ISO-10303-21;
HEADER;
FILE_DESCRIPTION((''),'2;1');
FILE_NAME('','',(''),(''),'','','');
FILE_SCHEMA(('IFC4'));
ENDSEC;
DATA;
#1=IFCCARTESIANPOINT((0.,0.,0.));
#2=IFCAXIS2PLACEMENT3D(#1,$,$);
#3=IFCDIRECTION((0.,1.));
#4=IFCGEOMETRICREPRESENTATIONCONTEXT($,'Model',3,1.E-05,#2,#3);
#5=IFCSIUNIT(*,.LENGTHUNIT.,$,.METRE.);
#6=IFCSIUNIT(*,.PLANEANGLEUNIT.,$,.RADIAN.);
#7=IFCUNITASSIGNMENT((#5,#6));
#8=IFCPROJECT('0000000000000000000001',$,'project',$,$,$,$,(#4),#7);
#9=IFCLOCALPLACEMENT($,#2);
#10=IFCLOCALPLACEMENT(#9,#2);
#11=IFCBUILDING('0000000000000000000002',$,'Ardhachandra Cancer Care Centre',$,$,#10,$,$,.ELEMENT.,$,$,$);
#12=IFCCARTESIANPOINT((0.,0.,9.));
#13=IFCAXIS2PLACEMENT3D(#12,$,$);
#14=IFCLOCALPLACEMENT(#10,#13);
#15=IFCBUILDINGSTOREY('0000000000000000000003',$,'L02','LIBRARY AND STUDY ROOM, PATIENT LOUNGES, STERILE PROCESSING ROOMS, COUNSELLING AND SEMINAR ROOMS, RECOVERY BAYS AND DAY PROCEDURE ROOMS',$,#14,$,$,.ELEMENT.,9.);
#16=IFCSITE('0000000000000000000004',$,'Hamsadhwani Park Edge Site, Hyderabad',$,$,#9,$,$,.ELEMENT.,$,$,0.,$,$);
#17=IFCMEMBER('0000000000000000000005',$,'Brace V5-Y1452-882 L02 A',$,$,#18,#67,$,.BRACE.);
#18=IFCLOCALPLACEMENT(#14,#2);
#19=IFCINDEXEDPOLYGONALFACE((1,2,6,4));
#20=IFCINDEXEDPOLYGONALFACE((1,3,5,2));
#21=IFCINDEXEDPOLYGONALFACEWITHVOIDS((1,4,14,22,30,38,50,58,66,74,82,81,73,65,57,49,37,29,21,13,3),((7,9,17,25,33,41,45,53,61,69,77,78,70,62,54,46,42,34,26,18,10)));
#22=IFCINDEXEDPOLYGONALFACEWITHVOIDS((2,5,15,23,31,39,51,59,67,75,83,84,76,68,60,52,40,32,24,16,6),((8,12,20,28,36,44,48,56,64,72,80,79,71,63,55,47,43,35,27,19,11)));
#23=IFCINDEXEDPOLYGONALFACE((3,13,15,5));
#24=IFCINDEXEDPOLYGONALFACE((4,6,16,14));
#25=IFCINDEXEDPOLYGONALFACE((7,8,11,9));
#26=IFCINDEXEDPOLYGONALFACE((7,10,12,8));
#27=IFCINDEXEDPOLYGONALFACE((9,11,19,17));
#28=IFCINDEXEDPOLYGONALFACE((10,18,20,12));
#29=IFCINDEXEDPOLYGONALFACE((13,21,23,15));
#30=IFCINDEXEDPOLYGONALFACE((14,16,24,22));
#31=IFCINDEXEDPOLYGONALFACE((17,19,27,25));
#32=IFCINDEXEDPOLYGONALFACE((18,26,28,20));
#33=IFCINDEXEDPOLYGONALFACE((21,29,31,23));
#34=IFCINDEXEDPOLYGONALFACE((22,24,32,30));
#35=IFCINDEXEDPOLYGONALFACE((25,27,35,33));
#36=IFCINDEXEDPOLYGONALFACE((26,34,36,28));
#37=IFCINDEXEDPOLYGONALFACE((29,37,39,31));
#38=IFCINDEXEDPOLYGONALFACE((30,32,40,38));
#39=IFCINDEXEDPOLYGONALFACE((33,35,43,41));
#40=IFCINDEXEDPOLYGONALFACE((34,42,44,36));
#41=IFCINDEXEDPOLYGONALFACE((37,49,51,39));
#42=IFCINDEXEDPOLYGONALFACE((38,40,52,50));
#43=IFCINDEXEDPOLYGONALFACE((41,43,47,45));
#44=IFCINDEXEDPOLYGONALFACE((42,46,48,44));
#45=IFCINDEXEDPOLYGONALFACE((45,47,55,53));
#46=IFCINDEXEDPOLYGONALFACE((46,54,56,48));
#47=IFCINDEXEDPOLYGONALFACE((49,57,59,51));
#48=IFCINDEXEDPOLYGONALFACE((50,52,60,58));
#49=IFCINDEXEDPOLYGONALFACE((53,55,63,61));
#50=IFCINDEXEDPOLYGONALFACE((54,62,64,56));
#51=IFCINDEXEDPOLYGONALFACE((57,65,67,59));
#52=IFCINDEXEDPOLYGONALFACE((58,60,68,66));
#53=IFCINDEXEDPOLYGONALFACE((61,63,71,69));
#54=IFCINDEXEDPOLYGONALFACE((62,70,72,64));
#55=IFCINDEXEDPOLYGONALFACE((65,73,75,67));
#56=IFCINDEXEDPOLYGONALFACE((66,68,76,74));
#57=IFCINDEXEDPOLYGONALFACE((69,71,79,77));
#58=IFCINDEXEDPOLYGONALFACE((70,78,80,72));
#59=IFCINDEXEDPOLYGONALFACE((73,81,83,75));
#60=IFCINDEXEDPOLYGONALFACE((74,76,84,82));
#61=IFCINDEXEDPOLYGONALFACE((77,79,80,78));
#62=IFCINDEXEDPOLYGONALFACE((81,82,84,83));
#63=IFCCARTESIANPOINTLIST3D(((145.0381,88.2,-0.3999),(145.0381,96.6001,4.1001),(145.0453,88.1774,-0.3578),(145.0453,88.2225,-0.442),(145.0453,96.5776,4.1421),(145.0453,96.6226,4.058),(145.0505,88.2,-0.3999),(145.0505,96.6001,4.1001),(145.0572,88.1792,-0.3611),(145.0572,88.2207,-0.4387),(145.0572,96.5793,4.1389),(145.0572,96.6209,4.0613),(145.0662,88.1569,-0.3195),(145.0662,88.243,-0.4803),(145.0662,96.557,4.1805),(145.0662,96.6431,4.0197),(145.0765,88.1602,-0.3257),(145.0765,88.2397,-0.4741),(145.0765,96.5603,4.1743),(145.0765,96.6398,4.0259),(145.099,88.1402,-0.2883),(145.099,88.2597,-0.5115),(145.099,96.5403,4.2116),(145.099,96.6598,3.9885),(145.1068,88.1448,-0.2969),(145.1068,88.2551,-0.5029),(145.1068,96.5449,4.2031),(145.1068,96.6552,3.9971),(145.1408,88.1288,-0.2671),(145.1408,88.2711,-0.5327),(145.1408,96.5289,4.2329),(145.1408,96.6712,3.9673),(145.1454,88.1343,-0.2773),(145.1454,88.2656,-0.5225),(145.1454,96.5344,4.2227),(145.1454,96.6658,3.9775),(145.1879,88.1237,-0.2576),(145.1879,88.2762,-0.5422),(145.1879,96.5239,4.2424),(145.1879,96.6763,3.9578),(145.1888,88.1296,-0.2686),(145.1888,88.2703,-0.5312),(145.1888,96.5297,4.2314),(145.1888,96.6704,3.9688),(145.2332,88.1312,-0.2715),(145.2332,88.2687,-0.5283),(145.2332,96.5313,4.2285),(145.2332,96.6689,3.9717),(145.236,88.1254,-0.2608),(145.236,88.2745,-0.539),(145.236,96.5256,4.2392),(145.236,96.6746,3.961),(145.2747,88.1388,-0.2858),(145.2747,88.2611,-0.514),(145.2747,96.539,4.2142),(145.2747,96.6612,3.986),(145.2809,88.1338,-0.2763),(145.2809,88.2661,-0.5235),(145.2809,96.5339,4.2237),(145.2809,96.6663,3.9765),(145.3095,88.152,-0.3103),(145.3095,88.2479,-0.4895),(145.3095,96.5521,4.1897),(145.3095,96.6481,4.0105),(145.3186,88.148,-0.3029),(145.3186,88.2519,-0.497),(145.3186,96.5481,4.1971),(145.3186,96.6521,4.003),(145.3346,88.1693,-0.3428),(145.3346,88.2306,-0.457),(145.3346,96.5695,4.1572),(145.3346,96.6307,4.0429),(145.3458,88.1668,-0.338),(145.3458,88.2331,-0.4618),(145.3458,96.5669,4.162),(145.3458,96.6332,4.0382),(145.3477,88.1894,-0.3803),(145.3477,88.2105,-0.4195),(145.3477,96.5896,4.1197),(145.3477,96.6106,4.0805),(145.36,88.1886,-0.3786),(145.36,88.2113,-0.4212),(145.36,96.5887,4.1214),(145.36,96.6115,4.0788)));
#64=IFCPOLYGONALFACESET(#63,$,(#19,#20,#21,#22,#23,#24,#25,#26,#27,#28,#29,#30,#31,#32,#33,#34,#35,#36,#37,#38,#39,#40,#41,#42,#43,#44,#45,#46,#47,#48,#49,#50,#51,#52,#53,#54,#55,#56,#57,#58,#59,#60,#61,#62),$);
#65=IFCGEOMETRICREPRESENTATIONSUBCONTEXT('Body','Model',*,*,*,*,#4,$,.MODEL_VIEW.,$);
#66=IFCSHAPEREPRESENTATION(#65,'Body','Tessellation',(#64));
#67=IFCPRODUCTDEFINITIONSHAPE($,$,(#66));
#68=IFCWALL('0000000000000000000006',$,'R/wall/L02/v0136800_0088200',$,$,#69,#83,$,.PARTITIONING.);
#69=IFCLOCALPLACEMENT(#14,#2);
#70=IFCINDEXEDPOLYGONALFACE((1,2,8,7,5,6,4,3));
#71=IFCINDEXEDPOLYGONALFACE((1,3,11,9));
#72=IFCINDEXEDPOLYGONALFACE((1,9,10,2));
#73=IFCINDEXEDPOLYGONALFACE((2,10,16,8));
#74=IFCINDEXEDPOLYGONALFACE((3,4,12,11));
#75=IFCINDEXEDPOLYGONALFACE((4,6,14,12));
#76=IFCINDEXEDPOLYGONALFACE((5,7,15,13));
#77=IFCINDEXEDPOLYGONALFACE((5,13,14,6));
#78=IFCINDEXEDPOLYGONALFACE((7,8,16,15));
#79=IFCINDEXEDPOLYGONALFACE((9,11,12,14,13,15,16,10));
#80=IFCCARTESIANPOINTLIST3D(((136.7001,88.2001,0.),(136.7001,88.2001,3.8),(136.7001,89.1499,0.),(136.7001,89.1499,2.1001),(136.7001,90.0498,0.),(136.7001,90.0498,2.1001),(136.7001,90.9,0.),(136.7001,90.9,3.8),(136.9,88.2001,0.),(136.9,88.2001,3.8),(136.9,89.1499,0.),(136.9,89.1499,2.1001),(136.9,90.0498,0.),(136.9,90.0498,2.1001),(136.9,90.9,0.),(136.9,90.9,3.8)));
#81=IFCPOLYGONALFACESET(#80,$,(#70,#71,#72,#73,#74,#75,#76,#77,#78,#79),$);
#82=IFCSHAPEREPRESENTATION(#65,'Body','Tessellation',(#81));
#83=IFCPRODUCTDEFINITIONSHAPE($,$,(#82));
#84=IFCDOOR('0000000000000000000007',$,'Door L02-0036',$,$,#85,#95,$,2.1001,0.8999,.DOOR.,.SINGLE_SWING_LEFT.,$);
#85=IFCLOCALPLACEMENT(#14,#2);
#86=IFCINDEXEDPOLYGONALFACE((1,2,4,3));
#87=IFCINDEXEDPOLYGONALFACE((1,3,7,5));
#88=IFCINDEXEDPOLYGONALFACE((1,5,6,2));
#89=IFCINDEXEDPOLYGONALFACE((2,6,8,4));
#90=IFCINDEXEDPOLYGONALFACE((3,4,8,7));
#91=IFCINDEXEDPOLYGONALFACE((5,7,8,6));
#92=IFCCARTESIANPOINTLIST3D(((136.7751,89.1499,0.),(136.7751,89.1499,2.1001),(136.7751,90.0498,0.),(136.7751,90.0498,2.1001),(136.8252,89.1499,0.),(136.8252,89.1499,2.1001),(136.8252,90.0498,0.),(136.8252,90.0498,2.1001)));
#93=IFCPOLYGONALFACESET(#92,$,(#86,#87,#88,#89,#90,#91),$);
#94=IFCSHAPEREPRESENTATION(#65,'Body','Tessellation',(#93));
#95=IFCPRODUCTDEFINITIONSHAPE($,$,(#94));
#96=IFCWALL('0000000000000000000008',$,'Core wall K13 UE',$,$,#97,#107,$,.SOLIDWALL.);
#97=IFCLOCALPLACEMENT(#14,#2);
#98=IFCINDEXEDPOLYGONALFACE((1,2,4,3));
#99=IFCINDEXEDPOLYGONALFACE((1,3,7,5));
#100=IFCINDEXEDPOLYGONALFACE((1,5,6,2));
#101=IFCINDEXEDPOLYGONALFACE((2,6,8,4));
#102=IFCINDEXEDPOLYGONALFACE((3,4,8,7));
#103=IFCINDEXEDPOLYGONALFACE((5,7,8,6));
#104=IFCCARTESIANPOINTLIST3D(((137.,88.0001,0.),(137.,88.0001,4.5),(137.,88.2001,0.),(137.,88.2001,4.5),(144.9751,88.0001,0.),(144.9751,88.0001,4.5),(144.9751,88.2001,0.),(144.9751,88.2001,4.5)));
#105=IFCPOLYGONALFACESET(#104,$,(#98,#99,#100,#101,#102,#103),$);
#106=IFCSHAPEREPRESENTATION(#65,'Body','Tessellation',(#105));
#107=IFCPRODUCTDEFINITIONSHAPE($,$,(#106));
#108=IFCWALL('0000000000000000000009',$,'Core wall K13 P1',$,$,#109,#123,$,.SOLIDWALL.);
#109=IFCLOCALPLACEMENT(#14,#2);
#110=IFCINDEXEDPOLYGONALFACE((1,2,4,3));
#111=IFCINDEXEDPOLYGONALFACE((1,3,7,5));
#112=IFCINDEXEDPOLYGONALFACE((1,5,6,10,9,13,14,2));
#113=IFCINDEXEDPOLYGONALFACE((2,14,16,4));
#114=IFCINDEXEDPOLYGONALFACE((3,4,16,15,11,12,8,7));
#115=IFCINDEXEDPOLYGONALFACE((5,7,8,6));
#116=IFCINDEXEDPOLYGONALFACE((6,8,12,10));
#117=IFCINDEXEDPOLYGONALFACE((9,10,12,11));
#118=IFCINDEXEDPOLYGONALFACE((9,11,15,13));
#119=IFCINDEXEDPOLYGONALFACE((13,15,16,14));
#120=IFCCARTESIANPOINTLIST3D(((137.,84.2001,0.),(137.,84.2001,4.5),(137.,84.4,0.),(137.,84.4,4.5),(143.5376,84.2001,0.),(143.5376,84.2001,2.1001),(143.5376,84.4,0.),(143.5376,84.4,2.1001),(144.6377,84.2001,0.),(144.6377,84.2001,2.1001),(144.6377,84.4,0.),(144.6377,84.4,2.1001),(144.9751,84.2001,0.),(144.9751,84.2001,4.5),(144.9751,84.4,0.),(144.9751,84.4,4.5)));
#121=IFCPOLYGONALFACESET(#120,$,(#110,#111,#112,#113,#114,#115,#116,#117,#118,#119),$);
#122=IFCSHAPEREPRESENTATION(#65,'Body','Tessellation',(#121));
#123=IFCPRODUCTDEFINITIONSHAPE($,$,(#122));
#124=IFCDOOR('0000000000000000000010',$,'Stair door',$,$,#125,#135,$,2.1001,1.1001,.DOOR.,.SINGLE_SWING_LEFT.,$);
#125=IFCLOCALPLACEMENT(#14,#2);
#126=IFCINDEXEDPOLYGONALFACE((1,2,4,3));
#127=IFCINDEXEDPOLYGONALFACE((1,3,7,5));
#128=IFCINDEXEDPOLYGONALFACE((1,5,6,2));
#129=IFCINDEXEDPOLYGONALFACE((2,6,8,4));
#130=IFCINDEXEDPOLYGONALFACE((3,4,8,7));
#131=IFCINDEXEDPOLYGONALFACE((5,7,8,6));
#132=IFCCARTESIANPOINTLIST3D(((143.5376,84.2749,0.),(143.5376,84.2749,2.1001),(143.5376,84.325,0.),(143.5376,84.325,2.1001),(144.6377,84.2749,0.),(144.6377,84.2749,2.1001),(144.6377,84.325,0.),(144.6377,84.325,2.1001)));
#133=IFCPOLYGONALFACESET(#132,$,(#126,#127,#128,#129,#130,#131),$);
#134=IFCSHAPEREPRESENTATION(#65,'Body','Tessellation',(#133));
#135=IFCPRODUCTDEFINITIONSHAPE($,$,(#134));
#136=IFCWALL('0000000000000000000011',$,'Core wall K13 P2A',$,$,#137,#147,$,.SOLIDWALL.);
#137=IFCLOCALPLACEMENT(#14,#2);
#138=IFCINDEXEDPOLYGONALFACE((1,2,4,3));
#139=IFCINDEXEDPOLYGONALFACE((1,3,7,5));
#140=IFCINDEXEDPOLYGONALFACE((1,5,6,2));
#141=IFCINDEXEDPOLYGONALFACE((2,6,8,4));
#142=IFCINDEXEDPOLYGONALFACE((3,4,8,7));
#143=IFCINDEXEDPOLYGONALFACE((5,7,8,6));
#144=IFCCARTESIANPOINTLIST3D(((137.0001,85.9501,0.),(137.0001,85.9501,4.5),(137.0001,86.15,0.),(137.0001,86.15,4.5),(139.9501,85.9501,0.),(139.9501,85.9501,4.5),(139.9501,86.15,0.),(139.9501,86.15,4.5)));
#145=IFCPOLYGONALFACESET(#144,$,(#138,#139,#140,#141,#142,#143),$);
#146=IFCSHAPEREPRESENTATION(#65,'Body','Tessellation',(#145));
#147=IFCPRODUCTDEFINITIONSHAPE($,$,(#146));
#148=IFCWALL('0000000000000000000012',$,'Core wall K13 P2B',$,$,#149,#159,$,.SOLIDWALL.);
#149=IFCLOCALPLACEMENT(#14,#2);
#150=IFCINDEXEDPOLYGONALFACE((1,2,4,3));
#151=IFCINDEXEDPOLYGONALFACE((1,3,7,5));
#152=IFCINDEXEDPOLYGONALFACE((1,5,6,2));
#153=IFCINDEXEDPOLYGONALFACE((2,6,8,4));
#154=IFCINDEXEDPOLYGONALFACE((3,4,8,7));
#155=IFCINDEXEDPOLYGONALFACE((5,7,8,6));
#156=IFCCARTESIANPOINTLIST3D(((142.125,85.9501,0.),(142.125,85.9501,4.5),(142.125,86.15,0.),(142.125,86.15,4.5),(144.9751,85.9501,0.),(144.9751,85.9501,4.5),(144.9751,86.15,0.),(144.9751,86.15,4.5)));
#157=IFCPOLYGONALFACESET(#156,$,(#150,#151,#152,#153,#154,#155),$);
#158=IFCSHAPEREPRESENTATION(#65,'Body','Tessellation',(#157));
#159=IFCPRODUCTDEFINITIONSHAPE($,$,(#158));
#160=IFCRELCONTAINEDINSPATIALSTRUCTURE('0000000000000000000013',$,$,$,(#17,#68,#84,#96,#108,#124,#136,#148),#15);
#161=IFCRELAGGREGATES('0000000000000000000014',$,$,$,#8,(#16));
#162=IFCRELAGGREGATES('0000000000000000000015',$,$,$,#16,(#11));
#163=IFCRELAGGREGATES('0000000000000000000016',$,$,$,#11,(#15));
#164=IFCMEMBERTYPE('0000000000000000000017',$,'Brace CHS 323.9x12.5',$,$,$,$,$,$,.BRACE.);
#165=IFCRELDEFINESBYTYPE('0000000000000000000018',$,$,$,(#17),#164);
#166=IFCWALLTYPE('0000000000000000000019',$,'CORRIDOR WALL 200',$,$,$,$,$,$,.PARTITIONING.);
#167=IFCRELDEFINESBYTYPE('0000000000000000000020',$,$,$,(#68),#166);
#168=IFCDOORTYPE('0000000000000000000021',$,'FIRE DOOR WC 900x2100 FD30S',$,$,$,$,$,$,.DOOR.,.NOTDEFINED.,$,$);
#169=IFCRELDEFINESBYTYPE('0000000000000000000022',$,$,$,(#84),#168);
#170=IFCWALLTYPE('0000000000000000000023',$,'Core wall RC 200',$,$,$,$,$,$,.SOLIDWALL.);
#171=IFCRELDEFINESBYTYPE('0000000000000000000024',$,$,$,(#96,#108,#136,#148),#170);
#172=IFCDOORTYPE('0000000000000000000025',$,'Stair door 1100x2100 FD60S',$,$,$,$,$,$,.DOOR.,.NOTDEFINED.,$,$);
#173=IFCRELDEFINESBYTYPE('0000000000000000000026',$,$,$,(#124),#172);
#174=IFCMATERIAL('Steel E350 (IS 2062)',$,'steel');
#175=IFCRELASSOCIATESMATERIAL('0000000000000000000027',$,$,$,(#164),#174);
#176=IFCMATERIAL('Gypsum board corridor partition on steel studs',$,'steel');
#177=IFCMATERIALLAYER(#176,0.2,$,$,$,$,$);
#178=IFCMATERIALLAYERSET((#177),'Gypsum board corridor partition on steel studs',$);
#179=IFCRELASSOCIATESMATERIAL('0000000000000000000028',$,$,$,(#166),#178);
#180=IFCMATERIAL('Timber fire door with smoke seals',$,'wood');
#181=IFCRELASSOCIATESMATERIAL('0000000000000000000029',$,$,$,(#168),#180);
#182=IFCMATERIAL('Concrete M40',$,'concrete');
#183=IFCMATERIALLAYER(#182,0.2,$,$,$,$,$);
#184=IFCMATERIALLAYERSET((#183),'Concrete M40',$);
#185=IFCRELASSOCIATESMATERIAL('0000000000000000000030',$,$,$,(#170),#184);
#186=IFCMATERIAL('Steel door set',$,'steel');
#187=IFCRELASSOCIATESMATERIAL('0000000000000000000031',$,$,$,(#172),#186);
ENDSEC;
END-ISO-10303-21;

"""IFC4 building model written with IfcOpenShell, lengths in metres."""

from ifc_helpers import new_model, si_unit, direction, frame, frame_2d, origin, origin_2d, place, context, subcontext, project, spatial, rectangle, hollow_circle, extrude, material, layer, layer_set, material_profile, profile_set, type_object, element, fill, save


model = new_model("IFC4")

# Units and contexts
model_context = context("Model", 3, precision=1e-05, world=origin(), true_north=direction((0.0, 1.0)))
body_context = subcontext(model_context, "Body", "Model", "MODEL_VIEW")
ifc_project = project(units=[si_unit("LENGTHUNIT", "METRE"), si_unit("PLANEANGLEUNIT", "RADIAN")], contexts=[model_context])

# Site, building, storey
site_placement = place(None, origin())
site = spatial("IfcSite", under=ifc_project, at=site_placement, Name="Hamsadhwani Park Edge Site, Hyderabad", CompositionType="ELEMENT", RefElevation=0.0)
building_placement = place(site_placement, origin())
building = spatial("IfcBuilding", under=site, at=building_placement, Name="Ardhachandra Cancer Care Centre", CompositionType="ELEMENT")
storey_placement = place(building_placement, frame((0.0, 0.0, 9.0)))
storey = spatial("IfcBuildingStorey", under=building, at=storey_placement, Name="L02", Description="LIBRARY AND STUDY ROOM, PATIENT LOUNGES, STERILE PROCESSING ROOMS, COUNSELLING AND SEMINAR ROOMS, RECOVERY BAYS AND DAY PROCEDURE ROOMS", CompositionType="ELEMENT", Elevation=9.0)

# Member
ifc_material_1 = material(Name="Steel E350 (IS 2062)", Category="steel")
ifc_material_profile_1 = material_profile(ifc_material_1, hollow_circle(Radius=0.1619, WallThickness=0.0125, at=origin_2d()), Name="CHS 323.9x12.5")
ifc_profile_set_1 = profile_set([ifc_material_profile_1], Name="Steel E350 (IS 2062)")
member_type = type_object("IfcMemberType", Name="Brace CHS 323.9x12.5", PredefinedType="BRACE", material=ifc_profile_set_1)
member_placement = place(storey_placement, frame((145.2, 88.2, -0.3999), z_axis=(0.0, 0.881483, 0.472215), x_axis=(-1.0, 0.0, 0.0)))
element("IfcMember", 1, at=member_placement, inside=storey, type_object=member_type, Name="Brace V5-Y1452-882 L02 A", PredefinedType="BRACE", context=body_context, shape_type="SweptSolid", body=[
    extrude(hollow_circle(Radius=0.1619, WallThickness=0.0125, at=origin_2d()), origin(), (0.0, 0.0, 1.0), 9.5295),
])

# Wall, opening, door
ifc_material_2 = material(Name="Gypsum board corridor partition on steel studs", Category="steel")
ifc_layer_1 = layer(ifc_material_2, 0.2)
ifc_layer_set_1 = layer_set([ifc_layer_1], Name="Gypsum board corridor partition on steel studs")
wall_type_1 = type_object("IfcWallType", Name="CORRIDOR WALL 200", PredefinedType="PARTITIONING", material=ifc_layer_set_1)
wall_1_placement = place(storey_placement, frame((136.8, 88.2, 0.0), z_axis=(0.0, 0.0, 1.0), x_axis=(0.0, 1.0, 0.0)))
wall_1 = element("IfcWall", 2, at=wall_1_placement, inside=storey, type_object=wall_type_1, Name="R/wall/L02/v0136800_0088200", PredefinedType="PARTITIONING", context=body_context, shape_type="SweptSolid", body=[
    extrude(rectangle(XDim=2.7, YDim=0.2, at=frame_2d((1.3501, 0.0))), origin(), (0.0, 0.0, 1.0), 3.8),
])
opening_1_placement = place(wall_1_placement, frame((0.95, 0.0, 0.0)))
opening_1 = element("IfcOpeningElement", 3, at=opening_1_placement, cuts=wall_1, PredefinedType="OPENING", context=body_context, shape_type="SweptSolid", body=[
    extrude(rectangle(XDim=0.8999, YDim=2.1001, at=frame_2d((0.45, 1.05))), frame((0.0, 0.1099, 0.0), z_axis=(0.0, -1.0, 0.0), x_axis=(1.0, 0.0, 0.0)), (0.0, 0.0, 1.0), 0.22),
])
ifc_material_3 = material(Name="Timber fire door with smoke seals", Category="wood")
door_type_1 = type_object("IfcDoorType", Name="FIRE DOOR WC 900x2100 FD30S", OperationType="NOTDEFINED", PredefinedType="DOOR", material=ifc_material_3)
door_1_placement = place(opening_1_placement, origin())
door_1 = element("IfcDoor", 4, at=door_1_placement, inside=storey, type_object=door_type_1, Name="Door L02-0036", OperationType="SINGLE_SWING_LEFT", OverallHeight=2.1001, OverallWidth=0.8999, PredefinedType="DOOR", context=body_context, shape_type="SweptSolid", body=[
    extrude(rectangle(XDim=0.8999, YDim=2.1001, at=frame_2d((0.45, 1.05))), frame((0.0, 0.0249, 0.0), z_axis=(0.0, -1.0, 0.0), x_axis=(1.0, 0.0, 0.0)), (0.0, 0.0, 1.0), 0.05),
])
fill(opening_1, door_1)

# Wall
ifc_material_4 = material(Name="Concrete M40", Category="concrete")
ifc_layer_2 = layer(ifc_material_4, 0.2)
ifc_layer_set_2 = layer_set([ifc_layer_2], Name="Concrete M40")
wall_type_2 = type_object("IfcWallType", Name="Core wall RC 200", PredefinedType="SOLIDWALL", material=ifc_layer_set_2)
wall_2_placement = place(storey_placement, frame((137.0, 88.1001, 0.0), z_axis=(0.0, 0.0, 1.0), x_axis=(1.0, 0.0, 0.0)))
element("IfcWall", 5, at=wall_2_placement, inside=storey, type_object=wall_type_2, Name="Core wall K13 UE", PredefinedType="SOLIDWALL", context=body_context, shape_type="SweptSolid", body=[
    extrude(rectangle(XDim=7.9751, YDim=0.2, at=frame_2d((3.9875, 0.0))), origin(), (0.0, 0.0, 1.0), 4.5),
])

# Wall, opening, door
wall_3_placement = place(storey_placement, frame((137.0, 84.3, 0.0), z_axis=(0.0, 0.0, 1.0), x_axis=(1.0, 0.0, 0.0)))
wall_3 = element("IfcWall", 6, at=wall_3_placement, inside=storey, type_object=wall_type_2, Name="Core wall K13 P1", PredefinedType="SOLIDWALL", context=body_context, shape_type="SweptSolid", body=[
    extrude(rectangle(XDim=7.9751, YDim=0.2, at=frame_2d((3.9875, 0.0))), origin(), (0.0, 0.0, 1.0), 4.5),
])
opening_2_placement = place(wall_3_placement, frame((6.5376, 0.0, 0.0)))
opening_2 = element("IfcOpeningElement", 7, at=opening_2_placement, cuts=wall_3, PredefinedType="OPENING", context=body_context, shape_type="SweptSolid", body=[
    extrude(rectangle(XDim=1.1001, YDim=2.1001, at=frame_2d((0.55, 1.05))), frame((0.0, 0.1099, 0.0), z_axis=(0.0, -1.0, 0.0), x_axis=(1.0, 0.0, 0.0)), (0.0, 0.0, 1.0), 0.22),
])
ifc_material_5 = material(Name="Steel door set", Category="steel")
door_type_2 = type_object("IfcDoorType", Name="Stair door 1100x2100 FD60S", OperationType="NOTDEFINED", PredefinedType="DOOR", material=ifc_material_5)
door_2_placement = place(opening_2_placement, origin())
door_2 = element("IfcDoor", 8, at=door_2_placement, inside=storey, type_object=door_type_2, Name="Stair door", OperationType="SINGLE_SWING_LEFT", OverallHeight=2.1001, OverallWidth=1.1001, PredefinedType="DOOR", context=body_context, shape_type="SweptSolid", body=[
    extrude(rectangle(XDim=1.1001, YDim=2.1001, at=frame_2d((0.55, 1.05))), frame((0.0, 0.0249, 0.0), z_axis=(0.0, -1.0, 0.0), x_axis=(1.0, 0.0, 0.0)), (0.0, 0.0, 1.0), 0.05),
])
fill(opening_2, door_2)

# Walls
wall_4_placement = place(storey_placement, frame((137.0, 86.05, 0.0), z_axis=(0.0, 0.0, 1.0), x_axis=(1.0, 0.0, 0.0)))
element("IfcWall", 9, at=wall_4_placement, inside=storey, type_object=wall_type_2, Name="Core wall K13 P2A", PredefinedType="SOLIDWALL", context=body_context, shape_type="SweptSolid", body=[
    extrude(rectangle(XDim=2.95, YDim=0.2, at=frame_2d((1.4751, 0.0))), origin(), (0.0, 0.0, 1.0), 4.5),
])
wall_5_placement = place(storey_placement, frame((142.125, 86.05, 0.0), z_axis=(0.0, 0.0, 1.0), x_axis=(1.0, 0.0, 0.0)))
element("IfcWall", 10, at=wall_5_placement, inside=storey, type_object=wall_type_2, Name="Core wall K13 P2B", PredefinedType="SOLIDWALL", context=body_context, shape_type="SweptSolid", body=[
    extrude(rectangle(XDim=2.8501, YDim=0.2, at=frame_2d((1.425, 0.0))), origin(), (0.0, 0.0, 1.0), 4.5),
])

save(model, "model.ifc")
